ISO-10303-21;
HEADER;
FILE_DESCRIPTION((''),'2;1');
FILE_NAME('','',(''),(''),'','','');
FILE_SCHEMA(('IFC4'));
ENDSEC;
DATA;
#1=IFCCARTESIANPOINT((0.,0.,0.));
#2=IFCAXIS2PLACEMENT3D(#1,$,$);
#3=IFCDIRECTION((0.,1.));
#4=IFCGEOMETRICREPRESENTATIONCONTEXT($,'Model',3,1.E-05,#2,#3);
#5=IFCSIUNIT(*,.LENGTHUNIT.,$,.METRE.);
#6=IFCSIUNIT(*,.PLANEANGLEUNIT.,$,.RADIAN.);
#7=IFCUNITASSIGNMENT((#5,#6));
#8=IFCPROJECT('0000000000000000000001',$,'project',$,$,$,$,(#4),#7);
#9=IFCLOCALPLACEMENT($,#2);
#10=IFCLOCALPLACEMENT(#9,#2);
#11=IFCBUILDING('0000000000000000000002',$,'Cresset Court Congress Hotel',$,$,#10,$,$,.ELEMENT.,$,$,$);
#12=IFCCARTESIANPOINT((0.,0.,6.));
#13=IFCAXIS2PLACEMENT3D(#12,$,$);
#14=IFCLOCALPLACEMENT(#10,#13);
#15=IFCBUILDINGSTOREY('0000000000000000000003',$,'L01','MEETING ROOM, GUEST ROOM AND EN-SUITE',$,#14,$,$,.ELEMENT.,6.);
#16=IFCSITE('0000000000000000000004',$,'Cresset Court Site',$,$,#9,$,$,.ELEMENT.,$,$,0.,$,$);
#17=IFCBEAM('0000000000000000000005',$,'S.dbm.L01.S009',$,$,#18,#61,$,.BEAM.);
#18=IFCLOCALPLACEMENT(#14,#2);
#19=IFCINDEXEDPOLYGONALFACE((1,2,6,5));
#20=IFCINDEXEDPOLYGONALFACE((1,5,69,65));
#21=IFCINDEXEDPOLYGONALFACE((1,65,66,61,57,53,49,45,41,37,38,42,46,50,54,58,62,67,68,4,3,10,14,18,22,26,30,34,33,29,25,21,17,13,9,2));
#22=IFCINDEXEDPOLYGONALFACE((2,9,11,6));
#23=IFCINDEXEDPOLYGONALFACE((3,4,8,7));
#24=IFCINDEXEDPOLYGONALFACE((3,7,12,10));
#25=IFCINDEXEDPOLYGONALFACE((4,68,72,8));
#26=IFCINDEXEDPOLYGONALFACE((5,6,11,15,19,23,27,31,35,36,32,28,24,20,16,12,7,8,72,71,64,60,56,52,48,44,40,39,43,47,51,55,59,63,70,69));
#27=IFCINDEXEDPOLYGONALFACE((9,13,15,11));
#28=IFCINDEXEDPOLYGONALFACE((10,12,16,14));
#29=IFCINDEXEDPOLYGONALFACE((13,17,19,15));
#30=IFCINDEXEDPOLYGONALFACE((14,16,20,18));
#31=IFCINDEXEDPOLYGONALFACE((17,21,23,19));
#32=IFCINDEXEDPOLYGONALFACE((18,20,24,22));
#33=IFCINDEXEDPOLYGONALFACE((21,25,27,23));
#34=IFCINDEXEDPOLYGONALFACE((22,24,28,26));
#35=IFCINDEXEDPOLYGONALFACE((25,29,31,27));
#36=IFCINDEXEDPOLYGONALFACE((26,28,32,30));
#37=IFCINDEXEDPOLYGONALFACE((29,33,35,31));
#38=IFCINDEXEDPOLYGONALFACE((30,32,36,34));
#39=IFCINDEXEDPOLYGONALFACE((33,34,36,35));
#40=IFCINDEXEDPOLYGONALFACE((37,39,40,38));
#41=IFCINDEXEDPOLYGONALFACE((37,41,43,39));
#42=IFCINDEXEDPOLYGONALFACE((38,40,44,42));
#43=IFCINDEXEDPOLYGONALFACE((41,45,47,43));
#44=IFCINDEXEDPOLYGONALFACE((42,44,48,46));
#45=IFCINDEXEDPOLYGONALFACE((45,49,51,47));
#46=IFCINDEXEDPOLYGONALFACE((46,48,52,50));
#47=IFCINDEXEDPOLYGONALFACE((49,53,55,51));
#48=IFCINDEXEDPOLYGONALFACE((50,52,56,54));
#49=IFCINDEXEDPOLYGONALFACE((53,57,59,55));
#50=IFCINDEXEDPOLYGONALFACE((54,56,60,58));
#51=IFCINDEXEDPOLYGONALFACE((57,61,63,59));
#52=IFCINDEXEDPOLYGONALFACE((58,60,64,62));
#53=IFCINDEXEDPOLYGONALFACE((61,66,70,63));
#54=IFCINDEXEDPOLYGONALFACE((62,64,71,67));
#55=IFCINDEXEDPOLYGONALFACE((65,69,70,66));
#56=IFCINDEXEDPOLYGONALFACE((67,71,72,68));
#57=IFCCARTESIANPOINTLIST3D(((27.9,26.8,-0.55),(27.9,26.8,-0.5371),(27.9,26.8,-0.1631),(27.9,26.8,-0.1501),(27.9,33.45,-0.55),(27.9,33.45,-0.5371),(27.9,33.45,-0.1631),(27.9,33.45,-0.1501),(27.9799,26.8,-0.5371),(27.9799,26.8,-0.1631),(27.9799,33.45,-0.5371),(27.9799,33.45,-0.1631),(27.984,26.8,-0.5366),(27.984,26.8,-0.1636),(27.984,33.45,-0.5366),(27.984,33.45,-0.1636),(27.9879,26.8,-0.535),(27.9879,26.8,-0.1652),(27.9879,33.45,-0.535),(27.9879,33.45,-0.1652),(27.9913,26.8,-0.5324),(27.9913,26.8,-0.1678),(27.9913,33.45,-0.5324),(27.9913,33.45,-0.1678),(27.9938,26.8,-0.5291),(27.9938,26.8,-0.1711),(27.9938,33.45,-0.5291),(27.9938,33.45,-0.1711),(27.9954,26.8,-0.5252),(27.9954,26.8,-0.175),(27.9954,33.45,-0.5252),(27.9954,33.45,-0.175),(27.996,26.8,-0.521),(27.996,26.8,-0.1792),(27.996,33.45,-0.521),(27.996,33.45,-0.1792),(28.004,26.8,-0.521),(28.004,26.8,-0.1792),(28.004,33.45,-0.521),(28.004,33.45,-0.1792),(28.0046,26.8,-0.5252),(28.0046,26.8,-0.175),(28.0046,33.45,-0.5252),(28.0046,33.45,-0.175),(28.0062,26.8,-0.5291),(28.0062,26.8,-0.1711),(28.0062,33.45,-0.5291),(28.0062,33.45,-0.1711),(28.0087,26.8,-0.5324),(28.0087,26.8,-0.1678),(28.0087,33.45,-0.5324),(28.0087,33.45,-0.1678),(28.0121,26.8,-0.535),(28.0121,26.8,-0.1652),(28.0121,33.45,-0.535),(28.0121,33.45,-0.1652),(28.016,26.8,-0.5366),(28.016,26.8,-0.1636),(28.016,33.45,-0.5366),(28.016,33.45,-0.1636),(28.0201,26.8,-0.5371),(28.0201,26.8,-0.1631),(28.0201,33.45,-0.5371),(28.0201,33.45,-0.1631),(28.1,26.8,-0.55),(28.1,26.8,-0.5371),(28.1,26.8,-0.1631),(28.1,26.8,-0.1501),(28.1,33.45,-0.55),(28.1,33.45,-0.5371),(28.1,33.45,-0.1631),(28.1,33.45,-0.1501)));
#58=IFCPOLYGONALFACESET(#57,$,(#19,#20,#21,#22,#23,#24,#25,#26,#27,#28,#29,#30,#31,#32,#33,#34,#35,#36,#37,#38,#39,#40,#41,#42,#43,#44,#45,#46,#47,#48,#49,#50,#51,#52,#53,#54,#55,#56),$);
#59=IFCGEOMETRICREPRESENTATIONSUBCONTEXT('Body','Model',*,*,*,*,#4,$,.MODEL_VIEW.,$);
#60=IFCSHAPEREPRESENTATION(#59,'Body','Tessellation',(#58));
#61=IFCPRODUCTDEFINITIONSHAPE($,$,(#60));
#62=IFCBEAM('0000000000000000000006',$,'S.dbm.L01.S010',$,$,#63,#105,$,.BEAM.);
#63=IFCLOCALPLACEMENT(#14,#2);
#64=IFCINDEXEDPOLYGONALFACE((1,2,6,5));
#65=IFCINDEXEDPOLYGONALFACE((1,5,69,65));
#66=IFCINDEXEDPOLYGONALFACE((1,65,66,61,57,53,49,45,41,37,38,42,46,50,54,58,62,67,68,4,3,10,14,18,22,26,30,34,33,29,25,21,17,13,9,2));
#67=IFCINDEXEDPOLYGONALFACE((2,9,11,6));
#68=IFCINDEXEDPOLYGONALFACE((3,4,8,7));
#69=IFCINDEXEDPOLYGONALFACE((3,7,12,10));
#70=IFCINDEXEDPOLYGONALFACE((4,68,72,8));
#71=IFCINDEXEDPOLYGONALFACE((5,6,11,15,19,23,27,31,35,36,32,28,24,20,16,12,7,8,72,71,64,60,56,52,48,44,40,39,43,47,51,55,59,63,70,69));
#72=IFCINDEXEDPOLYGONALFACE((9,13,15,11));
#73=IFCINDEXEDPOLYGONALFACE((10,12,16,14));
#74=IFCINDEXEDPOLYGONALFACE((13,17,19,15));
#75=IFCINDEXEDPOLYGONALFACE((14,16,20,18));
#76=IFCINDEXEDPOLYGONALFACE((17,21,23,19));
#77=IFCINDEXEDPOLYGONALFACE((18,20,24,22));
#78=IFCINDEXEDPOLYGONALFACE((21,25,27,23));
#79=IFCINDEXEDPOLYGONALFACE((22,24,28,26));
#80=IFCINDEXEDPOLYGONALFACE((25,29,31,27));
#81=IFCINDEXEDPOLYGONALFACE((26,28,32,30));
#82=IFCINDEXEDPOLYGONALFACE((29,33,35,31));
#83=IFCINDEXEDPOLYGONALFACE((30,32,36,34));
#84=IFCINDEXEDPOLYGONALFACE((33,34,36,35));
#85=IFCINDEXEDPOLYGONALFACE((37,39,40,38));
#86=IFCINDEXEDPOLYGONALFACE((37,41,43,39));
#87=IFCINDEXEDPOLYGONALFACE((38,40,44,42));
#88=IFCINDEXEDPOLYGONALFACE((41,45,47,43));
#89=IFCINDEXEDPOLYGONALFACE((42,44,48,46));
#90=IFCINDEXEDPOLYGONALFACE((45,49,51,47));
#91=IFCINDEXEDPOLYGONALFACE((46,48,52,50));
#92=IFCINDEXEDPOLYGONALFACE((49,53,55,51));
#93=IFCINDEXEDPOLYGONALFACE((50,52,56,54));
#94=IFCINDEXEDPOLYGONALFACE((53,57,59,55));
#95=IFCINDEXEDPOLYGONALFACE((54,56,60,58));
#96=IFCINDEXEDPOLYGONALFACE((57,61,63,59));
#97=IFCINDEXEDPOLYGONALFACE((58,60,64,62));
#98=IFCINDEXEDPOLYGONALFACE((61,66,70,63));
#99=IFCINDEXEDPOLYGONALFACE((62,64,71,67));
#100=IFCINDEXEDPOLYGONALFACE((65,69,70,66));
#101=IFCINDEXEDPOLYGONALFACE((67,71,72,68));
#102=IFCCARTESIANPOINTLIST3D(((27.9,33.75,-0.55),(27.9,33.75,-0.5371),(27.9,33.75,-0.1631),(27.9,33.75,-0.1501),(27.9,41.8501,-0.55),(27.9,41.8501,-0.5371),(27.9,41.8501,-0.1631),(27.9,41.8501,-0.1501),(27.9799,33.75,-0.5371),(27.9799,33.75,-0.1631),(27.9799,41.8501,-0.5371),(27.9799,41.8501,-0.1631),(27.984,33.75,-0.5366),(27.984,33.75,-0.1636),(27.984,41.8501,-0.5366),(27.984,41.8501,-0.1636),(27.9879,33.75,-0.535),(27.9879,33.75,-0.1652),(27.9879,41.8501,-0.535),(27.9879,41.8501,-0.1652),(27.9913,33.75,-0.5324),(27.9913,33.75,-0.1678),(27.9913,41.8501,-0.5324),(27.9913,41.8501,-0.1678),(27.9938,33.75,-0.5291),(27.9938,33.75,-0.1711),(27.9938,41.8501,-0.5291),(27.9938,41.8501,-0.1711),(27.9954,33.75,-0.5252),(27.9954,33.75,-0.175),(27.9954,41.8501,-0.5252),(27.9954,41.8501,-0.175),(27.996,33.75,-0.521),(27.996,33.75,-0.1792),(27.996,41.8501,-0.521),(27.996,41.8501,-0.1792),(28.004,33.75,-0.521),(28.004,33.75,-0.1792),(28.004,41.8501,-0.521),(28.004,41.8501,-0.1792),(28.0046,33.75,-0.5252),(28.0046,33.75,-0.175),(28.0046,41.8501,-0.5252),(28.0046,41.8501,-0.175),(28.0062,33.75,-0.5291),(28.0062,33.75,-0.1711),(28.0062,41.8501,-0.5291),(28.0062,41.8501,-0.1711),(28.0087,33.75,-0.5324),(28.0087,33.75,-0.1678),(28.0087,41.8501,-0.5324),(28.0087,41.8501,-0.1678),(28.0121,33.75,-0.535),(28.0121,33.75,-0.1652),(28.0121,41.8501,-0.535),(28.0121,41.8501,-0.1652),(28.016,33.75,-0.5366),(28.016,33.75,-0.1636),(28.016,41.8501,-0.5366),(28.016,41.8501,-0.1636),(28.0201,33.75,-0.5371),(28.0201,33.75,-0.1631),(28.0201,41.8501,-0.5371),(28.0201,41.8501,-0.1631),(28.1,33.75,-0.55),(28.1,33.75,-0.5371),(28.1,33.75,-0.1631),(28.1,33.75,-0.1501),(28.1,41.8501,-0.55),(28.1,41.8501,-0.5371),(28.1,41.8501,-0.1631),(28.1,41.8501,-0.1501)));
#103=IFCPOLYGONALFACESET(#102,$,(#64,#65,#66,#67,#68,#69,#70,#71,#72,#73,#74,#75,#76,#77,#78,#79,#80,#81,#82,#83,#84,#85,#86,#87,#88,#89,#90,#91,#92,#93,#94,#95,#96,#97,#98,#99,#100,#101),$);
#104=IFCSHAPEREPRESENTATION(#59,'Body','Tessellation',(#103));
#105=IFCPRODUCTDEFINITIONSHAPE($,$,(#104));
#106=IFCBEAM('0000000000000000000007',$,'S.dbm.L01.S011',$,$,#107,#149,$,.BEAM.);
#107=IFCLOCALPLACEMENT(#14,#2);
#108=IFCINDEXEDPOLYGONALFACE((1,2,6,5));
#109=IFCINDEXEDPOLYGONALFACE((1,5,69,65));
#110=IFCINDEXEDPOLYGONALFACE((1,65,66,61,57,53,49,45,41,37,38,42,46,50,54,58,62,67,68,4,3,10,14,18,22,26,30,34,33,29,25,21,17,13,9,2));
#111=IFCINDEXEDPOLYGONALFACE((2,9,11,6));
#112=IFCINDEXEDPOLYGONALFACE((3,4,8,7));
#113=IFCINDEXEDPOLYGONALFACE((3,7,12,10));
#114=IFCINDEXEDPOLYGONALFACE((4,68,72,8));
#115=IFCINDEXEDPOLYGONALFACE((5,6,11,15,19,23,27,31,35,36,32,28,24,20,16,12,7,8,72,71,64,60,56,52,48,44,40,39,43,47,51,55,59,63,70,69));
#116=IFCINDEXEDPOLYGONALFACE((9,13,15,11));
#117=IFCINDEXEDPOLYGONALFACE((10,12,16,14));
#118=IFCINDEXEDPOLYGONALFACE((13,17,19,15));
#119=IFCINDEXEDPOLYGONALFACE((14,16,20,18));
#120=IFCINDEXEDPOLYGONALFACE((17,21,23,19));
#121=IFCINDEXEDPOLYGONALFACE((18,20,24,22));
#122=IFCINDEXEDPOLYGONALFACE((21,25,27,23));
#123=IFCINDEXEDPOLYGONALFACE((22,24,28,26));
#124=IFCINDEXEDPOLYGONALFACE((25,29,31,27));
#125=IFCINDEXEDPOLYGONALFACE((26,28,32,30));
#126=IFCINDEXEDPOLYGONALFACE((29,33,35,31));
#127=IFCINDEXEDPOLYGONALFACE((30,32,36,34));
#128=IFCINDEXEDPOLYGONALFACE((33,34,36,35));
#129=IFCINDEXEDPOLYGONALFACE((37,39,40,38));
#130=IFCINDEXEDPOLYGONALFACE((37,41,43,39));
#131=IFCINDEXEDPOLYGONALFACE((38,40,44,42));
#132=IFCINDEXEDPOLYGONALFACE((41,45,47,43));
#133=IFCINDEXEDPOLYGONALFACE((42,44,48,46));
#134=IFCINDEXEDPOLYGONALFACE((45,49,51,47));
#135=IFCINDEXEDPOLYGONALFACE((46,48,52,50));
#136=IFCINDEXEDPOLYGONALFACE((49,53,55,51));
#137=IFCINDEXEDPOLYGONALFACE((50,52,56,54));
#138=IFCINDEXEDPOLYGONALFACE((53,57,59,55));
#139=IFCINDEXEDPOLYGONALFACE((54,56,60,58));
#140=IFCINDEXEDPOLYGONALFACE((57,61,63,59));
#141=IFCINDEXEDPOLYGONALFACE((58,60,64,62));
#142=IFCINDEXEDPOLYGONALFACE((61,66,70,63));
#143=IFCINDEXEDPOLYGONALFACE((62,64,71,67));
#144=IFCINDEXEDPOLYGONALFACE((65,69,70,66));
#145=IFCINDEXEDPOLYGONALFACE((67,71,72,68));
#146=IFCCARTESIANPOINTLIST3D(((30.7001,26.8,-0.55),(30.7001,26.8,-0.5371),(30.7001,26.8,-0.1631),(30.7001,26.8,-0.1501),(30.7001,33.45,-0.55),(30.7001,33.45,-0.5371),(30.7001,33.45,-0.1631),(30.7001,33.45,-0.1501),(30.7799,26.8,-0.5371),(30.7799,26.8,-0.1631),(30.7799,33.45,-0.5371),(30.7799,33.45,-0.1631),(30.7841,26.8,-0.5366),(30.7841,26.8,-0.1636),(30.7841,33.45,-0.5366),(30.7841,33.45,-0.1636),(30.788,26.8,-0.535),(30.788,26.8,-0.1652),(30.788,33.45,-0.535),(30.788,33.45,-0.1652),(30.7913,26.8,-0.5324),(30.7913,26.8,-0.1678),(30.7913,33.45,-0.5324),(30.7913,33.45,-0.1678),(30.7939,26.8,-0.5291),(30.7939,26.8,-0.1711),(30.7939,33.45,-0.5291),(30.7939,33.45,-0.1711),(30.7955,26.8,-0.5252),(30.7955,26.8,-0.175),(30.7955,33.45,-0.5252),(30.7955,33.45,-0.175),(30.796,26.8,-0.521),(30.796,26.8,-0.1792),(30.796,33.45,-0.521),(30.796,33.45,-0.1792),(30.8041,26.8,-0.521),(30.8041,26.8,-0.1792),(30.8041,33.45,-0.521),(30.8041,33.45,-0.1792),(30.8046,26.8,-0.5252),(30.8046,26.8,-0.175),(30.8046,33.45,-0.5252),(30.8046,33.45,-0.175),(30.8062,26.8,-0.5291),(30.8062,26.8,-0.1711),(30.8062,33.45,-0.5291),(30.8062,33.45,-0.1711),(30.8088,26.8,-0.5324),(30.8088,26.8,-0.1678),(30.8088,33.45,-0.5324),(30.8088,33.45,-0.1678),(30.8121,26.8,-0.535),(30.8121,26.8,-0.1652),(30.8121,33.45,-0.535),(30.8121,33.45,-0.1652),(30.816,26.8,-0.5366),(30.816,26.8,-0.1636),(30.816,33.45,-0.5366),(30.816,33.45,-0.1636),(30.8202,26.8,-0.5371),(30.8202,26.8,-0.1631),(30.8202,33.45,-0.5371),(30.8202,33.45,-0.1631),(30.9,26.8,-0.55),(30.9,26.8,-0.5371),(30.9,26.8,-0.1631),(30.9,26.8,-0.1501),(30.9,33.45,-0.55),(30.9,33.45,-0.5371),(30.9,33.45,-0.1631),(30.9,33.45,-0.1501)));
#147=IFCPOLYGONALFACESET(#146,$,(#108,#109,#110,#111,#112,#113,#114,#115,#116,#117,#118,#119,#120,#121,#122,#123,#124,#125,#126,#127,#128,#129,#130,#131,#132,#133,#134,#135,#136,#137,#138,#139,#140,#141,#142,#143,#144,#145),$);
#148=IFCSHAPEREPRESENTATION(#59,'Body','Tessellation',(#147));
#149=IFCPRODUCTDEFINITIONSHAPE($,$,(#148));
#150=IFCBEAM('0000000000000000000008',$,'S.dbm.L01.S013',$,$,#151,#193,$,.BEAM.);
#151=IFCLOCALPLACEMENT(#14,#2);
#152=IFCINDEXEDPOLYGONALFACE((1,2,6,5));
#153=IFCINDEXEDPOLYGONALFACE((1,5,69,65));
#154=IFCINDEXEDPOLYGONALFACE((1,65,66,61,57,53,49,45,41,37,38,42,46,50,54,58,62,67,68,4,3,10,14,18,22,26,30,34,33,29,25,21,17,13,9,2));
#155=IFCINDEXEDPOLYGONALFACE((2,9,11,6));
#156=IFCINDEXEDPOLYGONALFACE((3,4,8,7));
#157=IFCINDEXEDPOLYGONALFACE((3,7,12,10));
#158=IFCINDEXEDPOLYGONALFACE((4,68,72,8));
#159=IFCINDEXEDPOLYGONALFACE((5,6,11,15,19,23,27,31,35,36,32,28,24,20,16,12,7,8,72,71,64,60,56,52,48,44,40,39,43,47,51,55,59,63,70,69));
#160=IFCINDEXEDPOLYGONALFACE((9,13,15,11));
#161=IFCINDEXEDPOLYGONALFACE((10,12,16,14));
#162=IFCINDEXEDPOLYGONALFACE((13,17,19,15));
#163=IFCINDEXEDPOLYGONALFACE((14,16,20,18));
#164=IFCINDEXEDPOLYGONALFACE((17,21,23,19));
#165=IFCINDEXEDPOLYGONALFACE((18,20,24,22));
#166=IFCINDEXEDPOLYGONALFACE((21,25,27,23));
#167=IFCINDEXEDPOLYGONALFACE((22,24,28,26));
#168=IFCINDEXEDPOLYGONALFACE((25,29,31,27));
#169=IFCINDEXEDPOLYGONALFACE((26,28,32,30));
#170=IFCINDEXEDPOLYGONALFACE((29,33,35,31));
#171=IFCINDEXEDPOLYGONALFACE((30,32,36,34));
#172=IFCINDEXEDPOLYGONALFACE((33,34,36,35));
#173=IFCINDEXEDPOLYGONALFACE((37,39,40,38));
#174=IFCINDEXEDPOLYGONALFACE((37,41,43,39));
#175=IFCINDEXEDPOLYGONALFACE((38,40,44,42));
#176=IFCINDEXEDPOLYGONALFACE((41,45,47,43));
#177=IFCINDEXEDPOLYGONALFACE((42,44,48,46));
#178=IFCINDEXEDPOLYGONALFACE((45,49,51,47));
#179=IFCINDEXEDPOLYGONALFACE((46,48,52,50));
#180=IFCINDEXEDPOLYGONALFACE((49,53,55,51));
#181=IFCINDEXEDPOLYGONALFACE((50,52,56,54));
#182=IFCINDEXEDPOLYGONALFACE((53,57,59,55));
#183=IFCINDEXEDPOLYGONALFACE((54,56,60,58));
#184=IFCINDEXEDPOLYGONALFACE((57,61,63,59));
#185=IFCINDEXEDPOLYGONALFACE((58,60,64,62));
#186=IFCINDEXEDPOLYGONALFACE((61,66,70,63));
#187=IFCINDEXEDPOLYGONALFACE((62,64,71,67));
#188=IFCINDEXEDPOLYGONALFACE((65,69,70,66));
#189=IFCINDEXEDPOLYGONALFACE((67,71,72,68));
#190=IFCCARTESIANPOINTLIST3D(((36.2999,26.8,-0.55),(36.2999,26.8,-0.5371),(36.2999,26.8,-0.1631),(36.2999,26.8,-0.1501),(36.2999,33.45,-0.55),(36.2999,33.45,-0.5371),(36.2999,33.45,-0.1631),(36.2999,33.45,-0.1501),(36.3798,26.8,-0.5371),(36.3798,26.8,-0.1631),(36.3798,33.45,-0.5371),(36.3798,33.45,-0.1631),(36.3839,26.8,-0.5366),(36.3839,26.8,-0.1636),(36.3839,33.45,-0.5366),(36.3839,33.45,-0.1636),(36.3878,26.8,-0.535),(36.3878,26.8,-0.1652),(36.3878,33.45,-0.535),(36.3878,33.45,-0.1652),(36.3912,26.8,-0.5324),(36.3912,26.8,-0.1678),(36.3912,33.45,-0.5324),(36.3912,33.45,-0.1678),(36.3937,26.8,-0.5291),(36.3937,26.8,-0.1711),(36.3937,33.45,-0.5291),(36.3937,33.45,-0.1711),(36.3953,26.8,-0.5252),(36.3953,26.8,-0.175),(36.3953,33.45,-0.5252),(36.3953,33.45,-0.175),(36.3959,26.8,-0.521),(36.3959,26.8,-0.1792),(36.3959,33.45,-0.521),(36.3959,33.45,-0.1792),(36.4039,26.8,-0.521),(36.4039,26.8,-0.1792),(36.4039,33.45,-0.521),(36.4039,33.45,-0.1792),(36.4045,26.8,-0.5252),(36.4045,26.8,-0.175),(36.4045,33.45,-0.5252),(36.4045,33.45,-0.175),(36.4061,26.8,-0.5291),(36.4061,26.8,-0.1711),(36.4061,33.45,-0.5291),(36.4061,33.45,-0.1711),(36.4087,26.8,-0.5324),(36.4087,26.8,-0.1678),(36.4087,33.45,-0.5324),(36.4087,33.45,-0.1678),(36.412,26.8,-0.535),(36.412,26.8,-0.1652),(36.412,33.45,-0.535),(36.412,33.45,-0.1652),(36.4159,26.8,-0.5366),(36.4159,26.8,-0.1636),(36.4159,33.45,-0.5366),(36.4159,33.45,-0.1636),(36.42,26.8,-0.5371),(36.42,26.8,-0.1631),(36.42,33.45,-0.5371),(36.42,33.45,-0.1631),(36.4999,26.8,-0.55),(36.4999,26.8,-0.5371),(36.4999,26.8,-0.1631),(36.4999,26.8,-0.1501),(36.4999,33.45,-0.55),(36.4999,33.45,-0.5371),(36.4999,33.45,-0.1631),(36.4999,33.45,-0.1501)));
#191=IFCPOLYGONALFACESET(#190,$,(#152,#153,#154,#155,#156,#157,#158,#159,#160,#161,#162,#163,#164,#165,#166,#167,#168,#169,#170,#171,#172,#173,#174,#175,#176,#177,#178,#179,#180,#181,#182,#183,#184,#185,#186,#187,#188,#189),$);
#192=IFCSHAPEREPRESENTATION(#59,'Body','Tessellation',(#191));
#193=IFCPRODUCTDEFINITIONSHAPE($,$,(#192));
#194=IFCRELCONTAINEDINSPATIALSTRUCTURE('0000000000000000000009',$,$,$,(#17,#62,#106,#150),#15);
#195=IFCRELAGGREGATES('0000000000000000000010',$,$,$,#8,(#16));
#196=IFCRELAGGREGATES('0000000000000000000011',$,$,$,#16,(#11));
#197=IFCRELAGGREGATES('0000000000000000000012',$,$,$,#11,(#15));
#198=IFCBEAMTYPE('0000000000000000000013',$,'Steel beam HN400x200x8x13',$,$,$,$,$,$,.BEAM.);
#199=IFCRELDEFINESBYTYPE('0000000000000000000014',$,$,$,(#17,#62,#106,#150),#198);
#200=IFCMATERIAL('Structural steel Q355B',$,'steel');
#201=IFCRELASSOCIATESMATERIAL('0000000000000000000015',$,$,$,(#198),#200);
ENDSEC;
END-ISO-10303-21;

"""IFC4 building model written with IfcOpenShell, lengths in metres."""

from ifc_helpers import new_model, si_unit, direction, frame, origin, origin_2d, place, context, subcontext, project, spatial, i_section, extrude, material, material_profile, profile_set, type_object, element, save


model = new_model("IFC4")

# Units and contexts
model_context = context("Model", 3, precision=1e-05, world=origin(), true_north=direction((0.0, 1.0)))
body_context = subcontext(model_context, "Body", "Model", "MODEL_VIEW")
ifc_project = project(units=[si_unit("LENGTHUNIT", "METRE"), si_unit("PLANEANGLEUNIT", "RADIAN")], contexts=[model_context])

# Site, building, storey
site_placement = place(None, origin())
site = spatial("IfcSite", under=ifc_project, at=site_placement, Name="Cresset Court Site", CompositionType="ELEMENT", RefElevation=0.0)
building_placement = place(site_placement, origin())
building = spatial("IfcBuilding", under=site, at=building_placement, Name="Cresset Court Congress Hotel", CompositionType="ELEMENT")
storey_placement = place(building_placement, frame((0.0, 0.0, 6.0)))
storey = spatial("IfcBuildingStorey", under=building, at=storey_placement, Name="L01", Description="MEETING ROOM, GUEST ROOM AND EN-SUITE", CompositionType="ELEMENT", Elevation=6.0)

# Beams
ifc_material_1 = material(Name="Structural steel Q355B", Category="steel")
ifc_material_profile_1 = material_profile(ifc_material_1, i_section(OverallWidth=0.2, OverallDepth=0.3999, WebThickness=0.0081, FlangeThickness=0.0129, FilletRadius=0.0161, at=origin_2d()), Name="HN400x200x8x13")
ifc_profile_set_1 = profile_set([ifc_material_profile_1], Name="Structural steel Q355B")
beam_type_1 = type_object("IfcBeamType", Name="Steel beam HN400x200x8x13", PredefinedType="BEAM", material=ifc_profile_set_1)
beam_1_placement = place(storey_placement, frame((28.0, 26.8, -0.3501), z_axis=(0.0, 1.0, 0.0), x_axis=(-1.0, 0.0, 0.0)))
element("IfcBeam", 1, at=beam_1_placement, inside=storey, type_object=beam_type_1, Name="S.dbm.L01.S009", PredefinedType="BEAM", context=body_context, shape_type="SweptSolid", body=[
    extrude(i_section(OverallWidth=0.2, OverallDepth=0.3999, WebThickness=0.0081, FlangeThickness=0.0129, FilletRadius=0.0161, at=origin_2d()), origin(), (0.0, 0.0, 1.0), 6.6499),
])
beam_2_placement = place(storey_placement, frame((28.0, 33.75, -0.3501), z_axis=(0.0, 1.0, 0.0), x_axis=(-1.0, 0.0, 0.0)))
element("IfcBeam", 2, at=beam_2_placement, inside=storey, type_object=beam_type_1, Name="S.dbm.L01.S010", PredefinedType="BEAM", context=body_context, shape_type="SweptSolid", body=[
    extrude(i_section(OverallWidth=0.2, OverallDepth=0.3999, WebThickness=0.0081, FlangeThickness=0.0129, FilletRadius=0.0161, at=origin_2d()), origin(), (0.0, 0.0, 1.0), 8.1001),
])
for number, where, z_axis, x_axis, name in (
    (3, (30.8, 26.8, -0.3501), (0.0, 1.0, 0.0), (-1.0, 0.0, 0.0), "S.dbm.L01.S011"),
    (4, (36.3999, 26.8, -0.3501), (0.0, 1.0, 0.0), (-1.0, 0.0, 0.0), "S.dbm.L01.S013"),
):
    element("IfcBeam", number, at=place(storey_placement, frame(where, z_axis=z_axis, x_axis=x_axis)), inside=storey, type_object=beam_type_1, Name=name, PredefinedType="BEAM", context=body_context, shape_type="SweptSolid", body=[
        extrude(i_section(OverallWidth=0.2, OverallDepth=0.3999, WebThickness=0.0081, FlangeThickness=0.0129, FilletRadius=0.0161, at=origin_2d()), origin(), (0.0, 0.0, 1.0), 6.6499),
    ])

save(model, "model.ifc")
